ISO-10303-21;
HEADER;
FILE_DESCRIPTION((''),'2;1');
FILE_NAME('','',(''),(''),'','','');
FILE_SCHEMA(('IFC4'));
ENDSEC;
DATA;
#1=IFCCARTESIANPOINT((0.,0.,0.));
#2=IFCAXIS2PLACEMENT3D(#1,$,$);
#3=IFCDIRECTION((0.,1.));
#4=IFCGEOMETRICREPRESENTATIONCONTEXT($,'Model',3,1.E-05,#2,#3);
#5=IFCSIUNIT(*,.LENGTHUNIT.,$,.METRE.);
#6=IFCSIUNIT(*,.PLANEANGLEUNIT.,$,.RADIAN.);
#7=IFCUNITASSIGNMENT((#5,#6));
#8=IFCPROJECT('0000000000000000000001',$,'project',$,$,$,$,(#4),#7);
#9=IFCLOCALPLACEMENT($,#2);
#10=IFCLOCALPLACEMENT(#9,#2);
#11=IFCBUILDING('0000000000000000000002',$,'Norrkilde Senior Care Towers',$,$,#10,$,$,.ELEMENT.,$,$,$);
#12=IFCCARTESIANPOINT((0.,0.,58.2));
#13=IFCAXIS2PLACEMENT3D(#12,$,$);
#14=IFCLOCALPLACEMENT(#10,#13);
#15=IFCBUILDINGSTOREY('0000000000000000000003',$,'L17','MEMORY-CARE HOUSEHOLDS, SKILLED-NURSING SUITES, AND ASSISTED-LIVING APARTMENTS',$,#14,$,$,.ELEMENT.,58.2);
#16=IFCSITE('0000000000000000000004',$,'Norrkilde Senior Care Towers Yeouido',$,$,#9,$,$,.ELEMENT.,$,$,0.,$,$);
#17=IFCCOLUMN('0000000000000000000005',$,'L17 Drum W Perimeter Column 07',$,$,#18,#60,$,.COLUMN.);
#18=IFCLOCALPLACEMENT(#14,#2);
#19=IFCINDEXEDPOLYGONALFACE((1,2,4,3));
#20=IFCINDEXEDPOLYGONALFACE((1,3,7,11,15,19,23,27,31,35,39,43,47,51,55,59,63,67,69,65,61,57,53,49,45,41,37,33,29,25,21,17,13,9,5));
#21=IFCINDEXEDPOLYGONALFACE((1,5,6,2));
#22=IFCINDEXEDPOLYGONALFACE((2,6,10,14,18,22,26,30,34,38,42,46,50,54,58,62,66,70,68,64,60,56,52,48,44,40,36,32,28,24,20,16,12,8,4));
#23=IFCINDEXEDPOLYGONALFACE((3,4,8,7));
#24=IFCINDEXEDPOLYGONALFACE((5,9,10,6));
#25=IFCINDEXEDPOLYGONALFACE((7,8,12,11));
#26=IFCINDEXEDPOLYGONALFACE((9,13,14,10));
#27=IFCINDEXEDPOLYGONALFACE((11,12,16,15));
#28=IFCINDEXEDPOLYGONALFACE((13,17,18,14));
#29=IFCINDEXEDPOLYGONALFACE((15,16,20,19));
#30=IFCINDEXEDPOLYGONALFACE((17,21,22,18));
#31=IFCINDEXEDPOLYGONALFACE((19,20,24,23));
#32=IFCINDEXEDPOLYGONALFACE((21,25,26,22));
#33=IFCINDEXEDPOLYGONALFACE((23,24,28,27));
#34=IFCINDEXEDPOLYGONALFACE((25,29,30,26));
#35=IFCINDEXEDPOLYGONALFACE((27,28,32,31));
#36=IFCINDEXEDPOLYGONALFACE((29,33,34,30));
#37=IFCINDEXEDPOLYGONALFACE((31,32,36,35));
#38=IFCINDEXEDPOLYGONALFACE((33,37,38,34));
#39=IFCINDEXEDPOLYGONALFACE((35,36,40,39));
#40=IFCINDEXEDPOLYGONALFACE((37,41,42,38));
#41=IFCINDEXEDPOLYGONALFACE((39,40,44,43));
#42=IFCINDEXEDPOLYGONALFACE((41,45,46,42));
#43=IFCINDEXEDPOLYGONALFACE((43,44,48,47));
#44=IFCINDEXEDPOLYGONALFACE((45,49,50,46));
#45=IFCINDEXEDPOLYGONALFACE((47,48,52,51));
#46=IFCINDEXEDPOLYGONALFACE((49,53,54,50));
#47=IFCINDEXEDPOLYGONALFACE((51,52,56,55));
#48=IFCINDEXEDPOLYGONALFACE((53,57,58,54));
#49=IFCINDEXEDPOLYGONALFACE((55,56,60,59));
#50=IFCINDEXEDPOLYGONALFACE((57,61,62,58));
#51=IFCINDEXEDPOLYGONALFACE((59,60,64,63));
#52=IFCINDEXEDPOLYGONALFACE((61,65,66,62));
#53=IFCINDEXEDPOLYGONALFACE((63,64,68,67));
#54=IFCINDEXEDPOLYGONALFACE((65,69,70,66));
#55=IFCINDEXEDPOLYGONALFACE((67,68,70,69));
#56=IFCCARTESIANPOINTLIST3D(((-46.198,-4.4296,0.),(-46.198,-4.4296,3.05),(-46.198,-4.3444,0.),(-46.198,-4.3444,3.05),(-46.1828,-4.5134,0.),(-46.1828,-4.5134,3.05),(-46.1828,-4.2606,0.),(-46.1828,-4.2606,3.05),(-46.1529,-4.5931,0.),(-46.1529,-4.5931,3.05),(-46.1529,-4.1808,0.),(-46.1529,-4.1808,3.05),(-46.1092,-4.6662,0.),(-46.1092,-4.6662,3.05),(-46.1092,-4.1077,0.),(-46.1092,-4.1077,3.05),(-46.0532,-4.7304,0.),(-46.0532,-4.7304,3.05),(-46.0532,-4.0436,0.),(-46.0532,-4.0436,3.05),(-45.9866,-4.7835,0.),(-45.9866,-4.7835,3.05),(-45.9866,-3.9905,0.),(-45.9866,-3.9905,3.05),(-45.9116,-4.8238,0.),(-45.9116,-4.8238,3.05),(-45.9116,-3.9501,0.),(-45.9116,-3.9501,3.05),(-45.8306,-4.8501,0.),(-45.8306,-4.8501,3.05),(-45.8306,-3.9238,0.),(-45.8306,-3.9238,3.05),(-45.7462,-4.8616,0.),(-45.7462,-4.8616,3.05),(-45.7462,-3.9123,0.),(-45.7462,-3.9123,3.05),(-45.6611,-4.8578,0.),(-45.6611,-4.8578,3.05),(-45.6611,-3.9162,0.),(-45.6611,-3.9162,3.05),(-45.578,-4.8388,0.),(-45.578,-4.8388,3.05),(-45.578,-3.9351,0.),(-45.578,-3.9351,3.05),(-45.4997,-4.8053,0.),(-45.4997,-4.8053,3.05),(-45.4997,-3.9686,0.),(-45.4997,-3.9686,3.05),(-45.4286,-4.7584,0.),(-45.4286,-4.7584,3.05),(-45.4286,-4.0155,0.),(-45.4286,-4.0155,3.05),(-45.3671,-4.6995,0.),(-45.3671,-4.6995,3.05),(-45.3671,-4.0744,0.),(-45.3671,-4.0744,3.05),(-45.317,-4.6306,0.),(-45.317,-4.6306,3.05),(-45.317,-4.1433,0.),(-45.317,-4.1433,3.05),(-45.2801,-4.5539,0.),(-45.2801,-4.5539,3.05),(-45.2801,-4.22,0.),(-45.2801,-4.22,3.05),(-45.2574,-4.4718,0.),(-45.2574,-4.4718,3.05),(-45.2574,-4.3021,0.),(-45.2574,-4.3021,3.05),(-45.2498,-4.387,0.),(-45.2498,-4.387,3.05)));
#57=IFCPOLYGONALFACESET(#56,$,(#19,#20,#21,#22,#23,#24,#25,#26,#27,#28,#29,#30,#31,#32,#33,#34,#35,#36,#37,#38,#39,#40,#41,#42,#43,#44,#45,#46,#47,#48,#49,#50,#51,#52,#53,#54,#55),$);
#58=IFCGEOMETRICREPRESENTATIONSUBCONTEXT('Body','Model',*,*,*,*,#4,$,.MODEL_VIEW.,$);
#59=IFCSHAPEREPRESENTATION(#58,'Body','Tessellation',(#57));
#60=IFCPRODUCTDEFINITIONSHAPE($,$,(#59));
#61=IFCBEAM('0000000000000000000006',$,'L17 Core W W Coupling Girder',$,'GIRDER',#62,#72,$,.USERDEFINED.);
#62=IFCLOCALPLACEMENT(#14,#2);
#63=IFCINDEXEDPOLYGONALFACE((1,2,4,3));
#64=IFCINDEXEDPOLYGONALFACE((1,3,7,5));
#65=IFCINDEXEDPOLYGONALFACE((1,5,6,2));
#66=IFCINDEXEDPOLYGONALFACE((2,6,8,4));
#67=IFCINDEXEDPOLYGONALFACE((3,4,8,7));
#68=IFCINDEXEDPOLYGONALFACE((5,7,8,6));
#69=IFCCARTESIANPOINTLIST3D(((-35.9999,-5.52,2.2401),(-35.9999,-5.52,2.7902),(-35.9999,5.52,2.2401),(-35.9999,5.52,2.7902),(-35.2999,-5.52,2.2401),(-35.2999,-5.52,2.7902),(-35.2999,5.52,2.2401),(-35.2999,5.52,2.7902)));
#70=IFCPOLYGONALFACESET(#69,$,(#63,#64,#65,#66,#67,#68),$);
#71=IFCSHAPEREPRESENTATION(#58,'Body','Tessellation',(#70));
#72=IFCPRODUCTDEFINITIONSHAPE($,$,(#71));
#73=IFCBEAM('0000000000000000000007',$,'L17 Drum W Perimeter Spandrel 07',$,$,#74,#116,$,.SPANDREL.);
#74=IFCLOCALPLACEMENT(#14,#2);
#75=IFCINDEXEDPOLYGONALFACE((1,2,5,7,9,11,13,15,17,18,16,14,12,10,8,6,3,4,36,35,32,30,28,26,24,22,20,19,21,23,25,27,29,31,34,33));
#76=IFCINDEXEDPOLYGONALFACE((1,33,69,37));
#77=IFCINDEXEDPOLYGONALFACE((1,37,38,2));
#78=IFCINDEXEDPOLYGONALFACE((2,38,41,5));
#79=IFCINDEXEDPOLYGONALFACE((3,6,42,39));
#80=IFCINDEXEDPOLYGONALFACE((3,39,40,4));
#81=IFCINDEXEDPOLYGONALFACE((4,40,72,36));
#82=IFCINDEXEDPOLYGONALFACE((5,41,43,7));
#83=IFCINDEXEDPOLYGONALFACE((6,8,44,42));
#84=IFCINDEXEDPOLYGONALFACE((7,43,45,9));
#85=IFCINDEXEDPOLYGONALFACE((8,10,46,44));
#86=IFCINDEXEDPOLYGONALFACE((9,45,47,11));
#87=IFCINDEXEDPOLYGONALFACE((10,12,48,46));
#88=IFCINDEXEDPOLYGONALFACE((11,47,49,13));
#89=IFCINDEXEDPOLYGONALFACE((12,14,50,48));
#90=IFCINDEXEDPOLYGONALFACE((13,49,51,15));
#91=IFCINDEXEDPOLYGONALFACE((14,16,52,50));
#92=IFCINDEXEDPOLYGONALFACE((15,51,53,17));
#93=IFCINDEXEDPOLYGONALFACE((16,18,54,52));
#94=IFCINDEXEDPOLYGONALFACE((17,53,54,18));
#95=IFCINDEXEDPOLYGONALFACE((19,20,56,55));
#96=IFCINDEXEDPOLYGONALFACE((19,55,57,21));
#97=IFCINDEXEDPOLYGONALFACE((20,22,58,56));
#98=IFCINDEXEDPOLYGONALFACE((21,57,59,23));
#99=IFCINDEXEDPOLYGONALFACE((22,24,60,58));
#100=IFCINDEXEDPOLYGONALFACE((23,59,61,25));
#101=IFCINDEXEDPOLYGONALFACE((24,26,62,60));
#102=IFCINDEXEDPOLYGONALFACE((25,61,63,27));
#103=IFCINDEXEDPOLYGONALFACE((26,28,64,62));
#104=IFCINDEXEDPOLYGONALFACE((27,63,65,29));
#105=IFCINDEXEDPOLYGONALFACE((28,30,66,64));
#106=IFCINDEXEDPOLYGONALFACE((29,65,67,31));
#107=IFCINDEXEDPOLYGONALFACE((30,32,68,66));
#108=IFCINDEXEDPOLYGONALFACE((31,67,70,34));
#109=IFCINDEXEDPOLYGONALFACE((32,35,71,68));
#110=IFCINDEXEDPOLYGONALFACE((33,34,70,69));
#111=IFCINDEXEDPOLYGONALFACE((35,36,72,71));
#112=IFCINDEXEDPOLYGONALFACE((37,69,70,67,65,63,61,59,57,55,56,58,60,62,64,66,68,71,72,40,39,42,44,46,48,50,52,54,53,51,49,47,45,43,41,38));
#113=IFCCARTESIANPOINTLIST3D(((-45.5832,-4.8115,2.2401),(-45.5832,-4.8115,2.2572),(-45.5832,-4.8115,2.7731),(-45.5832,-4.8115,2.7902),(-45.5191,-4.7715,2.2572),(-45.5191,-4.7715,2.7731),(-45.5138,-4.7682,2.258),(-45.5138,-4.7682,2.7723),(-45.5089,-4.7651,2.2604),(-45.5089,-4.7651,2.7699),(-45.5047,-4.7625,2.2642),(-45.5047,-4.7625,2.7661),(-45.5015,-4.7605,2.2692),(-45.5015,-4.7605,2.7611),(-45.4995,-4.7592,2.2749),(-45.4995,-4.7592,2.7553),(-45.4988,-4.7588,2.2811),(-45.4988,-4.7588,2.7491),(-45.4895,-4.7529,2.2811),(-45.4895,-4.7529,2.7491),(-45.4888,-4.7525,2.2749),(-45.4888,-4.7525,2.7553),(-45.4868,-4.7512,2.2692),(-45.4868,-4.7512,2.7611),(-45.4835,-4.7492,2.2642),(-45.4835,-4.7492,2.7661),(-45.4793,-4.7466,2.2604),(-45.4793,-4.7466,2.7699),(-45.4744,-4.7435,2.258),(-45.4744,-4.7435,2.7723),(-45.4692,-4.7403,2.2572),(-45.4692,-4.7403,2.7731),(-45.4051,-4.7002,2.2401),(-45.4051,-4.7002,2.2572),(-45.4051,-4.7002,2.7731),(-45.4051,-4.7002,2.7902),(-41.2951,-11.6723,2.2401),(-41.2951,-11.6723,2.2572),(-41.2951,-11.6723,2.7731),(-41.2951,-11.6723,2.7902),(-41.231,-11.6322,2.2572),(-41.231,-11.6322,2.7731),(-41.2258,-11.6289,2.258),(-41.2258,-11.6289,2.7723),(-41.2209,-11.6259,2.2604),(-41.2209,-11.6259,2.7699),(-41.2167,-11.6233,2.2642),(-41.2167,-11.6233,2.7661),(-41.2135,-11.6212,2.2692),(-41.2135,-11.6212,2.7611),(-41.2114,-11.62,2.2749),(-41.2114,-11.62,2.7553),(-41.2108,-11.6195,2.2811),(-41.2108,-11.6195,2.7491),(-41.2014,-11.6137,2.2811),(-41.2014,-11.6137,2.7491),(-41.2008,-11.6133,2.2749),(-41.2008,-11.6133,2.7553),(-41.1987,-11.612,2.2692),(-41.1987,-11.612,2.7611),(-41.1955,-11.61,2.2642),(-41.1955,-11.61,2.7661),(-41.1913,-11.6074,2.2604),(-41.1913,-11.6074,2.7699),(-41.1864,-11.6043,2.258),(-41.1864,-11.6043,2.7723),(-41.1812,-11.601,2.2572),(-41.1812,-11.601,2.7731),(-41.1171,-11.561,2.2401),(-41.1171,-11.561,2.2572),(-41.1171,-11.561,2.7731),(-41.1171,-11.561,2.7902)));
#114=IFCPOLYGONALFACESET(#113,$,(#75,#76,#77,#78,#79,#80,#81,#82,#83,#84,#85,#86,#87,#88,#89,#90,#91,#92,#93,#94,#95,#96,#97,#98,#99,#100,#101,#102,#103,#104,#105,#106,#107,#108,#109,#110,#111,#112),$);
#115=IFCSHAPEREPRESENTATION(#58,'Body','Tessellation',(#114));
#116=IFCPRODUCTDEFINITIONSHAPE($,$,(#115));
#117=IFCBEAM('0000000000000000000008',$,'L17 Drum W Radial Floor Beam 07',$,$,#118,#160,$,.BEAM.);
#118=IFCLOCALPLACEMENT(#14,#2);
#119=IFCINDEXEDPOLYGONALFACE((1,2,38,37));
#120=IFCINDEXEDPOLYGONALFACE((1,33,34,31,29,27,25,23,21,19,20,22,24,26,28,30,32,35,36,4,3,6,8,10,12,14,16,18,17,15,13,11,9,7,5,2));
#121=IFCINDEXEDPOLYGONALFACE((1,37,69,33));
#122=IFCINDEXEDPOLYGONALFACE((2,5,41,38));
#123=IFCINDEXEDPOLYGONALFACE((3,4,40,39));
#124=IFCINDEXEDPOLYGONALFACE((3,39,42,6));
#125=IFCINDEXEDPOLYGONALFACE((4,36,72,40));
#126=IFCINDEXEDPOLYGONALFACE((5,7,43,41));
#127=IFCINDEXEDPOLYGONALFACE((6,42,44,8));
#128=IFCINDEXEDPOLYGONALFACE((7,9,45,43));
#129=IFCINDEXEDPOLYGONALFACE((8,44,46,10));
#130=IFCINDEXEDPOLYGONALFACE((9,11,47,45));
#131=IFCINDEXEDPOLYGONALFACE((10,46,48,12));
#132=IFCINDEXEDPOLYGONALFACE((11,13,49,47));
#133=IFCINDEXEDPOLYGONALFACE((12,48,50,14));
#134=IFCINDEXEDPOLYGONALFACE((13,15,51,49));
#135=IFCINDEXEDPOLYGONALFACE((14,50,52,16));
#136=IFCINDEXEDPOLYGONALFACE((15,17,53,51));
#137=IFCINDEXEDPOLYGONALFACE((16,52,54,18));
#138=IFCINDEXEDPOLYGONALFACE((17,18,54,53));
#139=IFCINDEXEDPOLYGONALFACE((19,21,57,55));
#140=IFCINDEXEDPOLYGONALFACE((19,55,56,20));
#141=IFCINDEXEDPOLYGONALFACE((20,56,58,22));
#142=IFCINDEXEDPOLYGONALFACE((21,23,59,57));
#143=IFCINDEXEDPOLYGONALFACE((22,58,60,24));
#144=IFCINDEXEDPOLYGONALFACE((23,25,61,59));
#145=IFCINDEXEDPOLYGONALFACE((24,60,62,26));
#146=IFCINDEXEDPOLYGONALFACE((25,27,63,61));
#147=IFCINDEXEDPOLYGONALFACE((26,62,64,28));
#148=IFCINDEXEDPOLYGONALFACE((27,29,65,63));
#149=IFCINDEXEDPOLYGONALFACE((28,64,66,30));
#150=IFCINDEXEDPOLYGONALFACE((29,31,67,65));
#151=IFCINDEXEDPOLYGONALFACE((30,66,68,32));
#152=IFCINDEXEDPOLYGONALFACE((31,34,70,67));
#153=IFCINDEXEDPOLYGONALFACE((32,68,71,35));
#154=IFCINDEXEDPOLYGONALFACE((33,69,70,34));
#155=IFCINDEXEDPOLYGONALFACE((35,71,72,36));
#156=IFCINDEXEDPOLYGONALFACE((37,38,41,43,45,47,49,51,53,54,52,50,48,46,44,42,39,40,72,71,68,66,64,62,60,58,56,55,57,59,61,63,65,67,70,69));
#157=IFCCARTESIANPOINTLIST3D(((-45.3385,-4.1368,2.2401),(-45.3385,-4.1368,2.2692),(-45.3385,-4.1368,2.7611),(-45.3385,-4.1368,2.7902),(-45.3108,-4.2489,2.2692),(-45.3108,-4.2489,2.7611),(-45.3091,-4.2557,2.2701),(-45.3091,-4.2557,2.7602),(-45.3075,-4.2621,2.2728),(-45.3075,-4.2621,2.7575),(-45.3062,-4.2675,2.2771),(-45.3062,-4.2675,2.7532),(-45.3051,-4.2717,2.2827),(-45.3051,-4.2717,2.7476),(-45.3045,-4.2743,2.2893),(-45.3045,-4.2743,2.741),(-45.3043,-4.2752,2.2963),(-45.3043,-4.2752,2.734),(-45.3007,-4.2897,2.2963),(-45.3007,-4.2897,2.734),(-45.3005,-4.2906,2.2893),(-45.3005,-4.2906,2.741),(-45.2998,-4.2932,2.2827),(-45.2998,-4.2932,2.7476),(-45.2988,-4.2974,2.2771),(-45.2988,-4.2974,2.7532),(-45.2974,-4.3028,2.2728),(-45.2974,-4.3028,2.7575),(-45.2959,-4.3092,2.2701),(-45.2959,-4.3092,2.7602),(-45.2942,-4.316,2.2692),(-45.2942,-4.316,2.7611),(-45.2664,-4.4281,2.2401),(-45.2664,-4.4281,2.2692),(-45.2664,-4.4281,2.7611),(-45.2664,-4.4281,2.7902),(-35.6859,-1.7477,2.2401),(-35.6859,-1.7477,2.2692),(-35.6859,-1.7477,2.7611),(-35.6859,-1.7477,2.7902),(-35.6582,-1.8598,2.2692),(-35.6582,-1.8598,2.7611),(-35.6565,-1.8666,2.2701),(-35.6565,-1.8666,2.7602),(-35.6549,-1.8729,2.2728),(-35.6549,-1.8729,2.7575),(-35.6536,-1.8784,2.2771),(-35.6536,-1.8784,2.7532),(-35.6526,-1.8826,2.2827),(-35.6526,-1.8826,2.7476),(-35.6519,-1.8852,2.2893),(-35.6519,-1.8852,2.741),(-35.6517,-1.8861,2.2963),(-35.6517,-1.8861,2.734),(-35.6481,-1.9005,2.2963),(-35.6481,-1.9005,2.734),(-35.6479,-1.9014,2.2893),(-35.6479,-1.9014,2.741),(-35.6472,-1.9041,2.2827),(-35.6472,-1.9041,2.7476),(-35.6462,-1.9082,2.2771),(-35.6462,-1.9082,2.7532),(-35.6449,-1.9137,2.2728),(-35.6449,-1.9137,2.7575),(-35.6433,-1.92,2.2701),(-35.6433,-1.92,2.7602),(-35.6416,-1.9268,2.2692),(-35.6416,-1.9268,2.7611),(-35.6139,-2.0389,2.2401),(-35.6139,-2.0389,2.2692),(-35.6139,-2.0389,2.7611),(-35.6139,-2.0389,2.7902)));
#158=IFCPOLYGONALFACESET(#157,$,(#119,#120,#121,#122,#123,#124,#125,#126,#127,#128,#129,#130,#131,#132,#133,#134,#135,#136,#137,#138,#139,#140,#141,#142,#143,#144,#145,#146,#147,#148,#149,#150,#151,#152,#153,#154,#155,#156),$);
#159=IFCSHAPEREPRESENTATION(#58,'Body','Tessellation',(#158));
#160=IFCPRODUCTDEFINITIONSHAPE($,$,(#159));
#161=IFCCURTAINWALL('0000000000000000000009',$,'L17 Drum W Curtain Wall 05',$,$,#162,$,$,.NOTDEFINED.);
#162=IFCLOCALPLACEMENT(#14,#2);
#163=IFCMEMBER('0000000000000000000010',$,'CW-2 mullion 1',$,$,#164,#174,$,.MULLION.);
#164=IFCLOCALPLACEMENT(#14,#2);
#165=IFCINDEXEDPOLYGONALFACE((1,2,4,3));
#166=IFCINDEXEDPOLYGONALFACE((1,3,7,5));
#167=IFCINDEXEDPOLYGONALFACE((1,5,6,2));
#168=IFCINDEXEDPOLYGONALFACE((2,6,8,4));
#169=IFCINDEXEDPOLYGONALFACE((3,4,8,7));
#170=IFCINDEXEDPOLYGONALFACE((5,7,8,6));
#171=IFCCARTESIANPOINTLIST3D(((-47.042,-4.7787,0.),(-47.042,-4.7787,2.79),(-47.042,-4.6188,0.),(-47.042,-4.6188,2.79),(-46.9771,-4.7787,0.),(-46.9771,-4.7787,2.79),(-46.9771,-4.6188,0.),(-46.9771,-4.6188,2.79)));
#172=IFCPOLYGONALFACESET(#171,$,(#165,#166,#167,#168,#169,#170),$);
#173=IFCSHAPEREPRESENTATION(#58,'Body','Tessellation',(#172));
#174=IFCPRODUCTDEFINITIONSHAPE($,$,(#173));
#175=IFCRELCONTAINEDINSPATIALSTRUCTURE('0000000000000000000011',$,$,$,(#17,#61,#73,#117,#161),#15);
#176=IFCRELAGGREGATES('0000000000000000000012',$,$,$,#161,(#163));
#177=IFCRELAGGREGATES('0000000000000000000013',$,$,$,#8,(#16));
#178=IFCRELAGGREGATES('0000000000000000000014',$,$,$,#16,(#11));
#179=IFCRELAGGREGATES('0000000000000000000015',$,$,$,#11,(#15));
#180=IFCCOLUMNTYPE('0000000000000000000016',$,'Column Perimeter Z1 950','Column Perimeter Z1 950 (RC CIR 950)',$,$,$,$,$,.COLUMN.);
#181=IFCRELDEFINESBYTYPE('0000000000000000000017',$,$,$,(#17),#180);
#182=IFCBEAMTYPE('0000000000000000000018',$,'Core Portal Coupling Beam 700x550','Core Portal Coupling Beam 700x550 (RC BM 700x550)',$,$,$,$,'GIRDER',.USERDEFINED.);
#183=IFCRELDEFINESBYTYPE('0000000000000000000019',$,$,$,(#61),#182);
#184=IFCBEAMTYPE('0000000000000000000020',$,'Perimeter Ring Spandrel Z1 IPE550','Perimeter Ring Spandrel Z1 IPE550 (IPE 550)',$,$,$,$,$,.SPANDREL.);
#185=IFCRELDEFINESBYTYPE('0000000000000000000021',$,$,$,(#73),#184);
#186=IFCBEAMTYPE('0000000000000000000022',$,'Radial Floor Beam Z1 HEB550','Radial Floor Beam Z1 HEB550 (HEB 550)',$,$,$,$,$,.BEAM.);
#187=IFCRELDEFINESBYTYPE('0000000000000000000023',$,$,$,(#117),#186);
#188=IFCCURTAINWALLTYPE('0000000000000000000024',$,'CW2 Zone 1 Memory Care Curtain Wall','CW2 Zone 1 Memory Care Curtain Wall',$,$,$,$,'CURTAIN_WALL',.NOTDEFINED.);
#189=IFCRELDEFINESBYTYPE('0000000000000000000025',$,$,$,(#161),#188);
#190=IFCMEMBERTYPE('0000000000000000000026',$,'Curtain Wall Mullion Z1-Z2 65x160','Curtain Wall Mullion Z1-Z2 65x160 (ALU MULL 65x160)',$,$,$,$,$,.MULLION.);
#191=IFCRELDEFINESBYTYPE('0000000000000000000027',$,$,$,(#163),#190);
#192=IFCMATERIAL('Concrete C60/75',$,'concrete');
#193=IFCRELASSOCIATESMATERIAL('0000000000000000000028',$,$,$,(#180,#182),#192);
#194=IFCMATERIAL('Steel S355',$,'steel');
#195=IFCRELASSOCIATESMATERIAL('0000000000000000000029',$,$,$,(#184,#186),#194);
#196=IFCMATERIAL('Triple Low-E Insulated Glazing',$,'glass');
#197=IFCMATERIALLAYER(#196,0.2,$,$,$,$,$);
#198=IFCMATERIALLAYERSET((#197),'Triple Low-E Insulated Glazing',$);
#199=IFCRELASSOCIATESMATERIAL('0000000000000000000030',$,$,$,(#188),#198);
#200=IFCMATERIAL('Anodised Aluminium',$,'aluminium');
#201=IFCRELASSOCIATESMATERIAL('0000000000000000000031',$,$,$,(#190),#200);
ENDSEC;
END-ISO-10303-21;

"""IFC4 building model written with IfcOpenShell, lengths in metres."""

from ifc_helpers import new_model, si_unit, direction, frame, origin, origin_2d, place, context, subcontext, project, spatial, rectangle, circle, i_section, extrude, source, transform, mapped, material, layer, layer_set, material_profile, profile_set, type_object, type_shapes, element, aggregate, save


model = new_model("IFC4")

# Units and contexts
model_context = context("Model", 3, precision=1e-05, world=origin(), true_north=direction((0.0, 1.0)))
body_context = subcontext(model_context, "Body", "Model", "MODEL_VIEW")
ifc_project = project(units=[si_unit("LENGTHUNIT", "METRE"), si_unit("PLANEANGLEUNIT", "RADIAN")], contexts=[model_context])

# Site, building, storey
site_placement = place(None, origin())
site = spatial("IfcSite", under=ifc_project, at=site_placement, Name="Norrkilde Senior Care Towers Yeouido", CompositionType="ELEMENT", RefElevation=0.0)
building_placement = place(site_placement, origin())
building = spatial("IfcBuilding", under=site, at=building_placement, Name="Norrkilde Senior Care Towers", CompositionType="ELEMENT")
storey_placement = place(building_placement, frame((0.0, 0.0, 58.2)))
storey = spatial("IfcBuildingStorey", under=building, at=storey_placement, Name="L17", Description="MEMORY-CARE HOUSEHOLDS, SKILLED-NURSING SUITES, AND ASSISTED-LIVING APARTMENTS", CompositionType="ELEMENT", Elevation=58.2)

# Column
ifc_material_1 = material(Name="Concrete C60/75", Category="concrete")
ifc_material_profile_1 = material_profile(ifc_material_1, circle(Radius=0.4751, at=origin_2d()), Name="RC CIR 950")
ifc_profile_set_1 = profile_set([ifc_material_profile_1], Name="Concrete C60/75")
column_type = type_object("IfcColumnType", Name="Column Perimeter Z1 950", Description="Column Perimeter Z1 950 (RC CIR 950)", PredefinedType="COLUMN", material=ifc_profile_set_1)
shared_shape_1 = source(origin(), body_context, "Body", "SweptSolid", [
    extrude(circle(Radius=0.4751, at=origin_2d()), origin(), (0.0, 0.0, 1.0), 3.05),
])
type_shapes(column_type, [shared_shape_1])
column_placement = place(storey_placement, frame((-45.7249, -4.387, 0.0), z_axis=(0.0, 0.0, 1.0), x_axis=(1.0, 0.0, 0.0)))
element("IfcColumn", 1, at=column_placement, inside=storey, type_object=column_type, Name="L17 Drum W Perimeter Column 07", PredefinedType="COLUMN", context=body_context, shape_type="MappedRepresentation", body=[
    mapped(shared_shape_1, transform((0.0, 0.0, 0.0), x_axis=(1.0, 0.0, 0.0), y_axis=(0.0, 1.0, 0.0), z_axis=(0.0, 0.0, 1.0), scale=1.0)),
])

# Beams
ifc_material_profile_2 = material_profile(ifc_material_1, rectangle(XDim=0.7, YDim=0.55, at=origin_2d()), Name="RC BM 700x550")
ifc_profile_set_2 = profile_set([ifc_material_profile_2], Name="Concrete C60/75")
beam_type_1 = type_object("IfcBeamType", Name="Core Portal Coupling Beam 700x550", Description="Core Portal Coupling Beam 700x550 (RC BM 700x550)", ElementType="GIRDER", PredefinedType="USERDEFINED", material=ifc_profile_set_2)
shared_shape_2 = source(origin(), body_context, "Body", "SweptSolid", [
    extrude(rectangle(XDim=0.7, YDim=0.55, at=origin_2d()), origin(), (0.0, 0.0, 1.0), 11.04),
])
type_shapes(beam_type_1, [shared_shape_2])
beam_1_placement = place(storey_placement, frame((-35.6499, -5.52, 2.5151), z_axis=(0.0, 1.0, 0.0), x_axis=(-1.0, 0.0, 0.0)))
element("IfcBeam", 2, at=beam_1_placement, inside=storey, type_object=beam_type_1, Name="L17 Core W W Coupling Girder", ObjectType="GIRDER", PredefinedType="USERDEFINED", context=body_context, shape_type="MappedRepresentation", body=[
    mapped(shared_shape_2, transform((0.0, 0.0, 0.0), x_axis=(1.0, 0.0, 0.0), y_axis=(0.0, 1.0, 0.0), z_axis=(0.0, 0.0, 1.0), scale=1.0)),
])
ifc_material_2 = material(Name="Steel S355", Category="steel")
ifc_material_profile_3 = material_profile(ifc_material_2, i_section(OverallWidth=0.21, OverallDepth=0.55, WebThickness=0.011, FlangeThickness=0.0171, FilletRadius=0.0239, at=origin_2d()), Name="IPE 550")
ifc_profile_set_3 = profile_set([ifc_material_profile_3], Name="Steel S355")
beam_type_2 = type_object("IfcBeamType", Name="Perimeter Ring Spandrel Z1 IPE550", Description="Perimeter Ring Spandrel Z1 IPE550 (IPE 550)", PredefinedType="SPANDREL", material=ifc_profile_set_3)
shared_shape_3 = source(origin(), body_context, "Body", "SweptSolid", [
    extrude(i_section(OverallWidth=0.21, OverallDepth=0.55, WebThickness=0.011, FlangeThickness=0.0171, FilletRadius=0.0239, at=origin_2d()), origin(), (0.0, 0.0, 1.0), 8.0906),
])
type_shapes(beam_type_2, [shared_shape_3])
beam_2_placement = place(storey_placement, frame((-45.4941, -4.7559, 2.5151), z_axis=(0.530004, -0.847995, 0.0), x_axis=(0.847995, 0.530004, 0.0)))
element("IfcBeam", 3, at=beam_2_placement, inside=storey, type_object=beam_type_2, Name="L17 Drum W Perimeter Spandrel 07", PredefinedType="SPANDREL", context=body_context, shape_type="MappedRepresentation", body=[
    mapped(shared_shape_3, transform((0.0, 0.0, 0.0), x_axis=(1.0, 0.0, 0.0), y_axis=(0.0, 1.0, 0.0), z_axis=(0.0, 0.0, 1.0), scale=1.0)),
])
ifc_material_profile_4 = material_profile(ifc_material_2, i_section(OverallWidth=0.3, OverallDepth=0.55, WebThickness=0.0149, FlangeThickness=0.0291, FilletRadius=0.0271, at=origin_2d()), Name="HEB 550")
ifc_profile_set_4 = profile_set([ifc_material_profile_4], Name="Steel S355")
beam_type_3 = type_object("IfcBeamType", Name="Radial Floor Beam Z1 HEB550", Description="Radial Floor Beam Z1 HEB550 (HEB 550)", PredefinedType="BEAM", material=ifc_profile_set_4)
shared_shape_4 = source(origin(), body_context, "Body", "SweptSolid", [
    extrude(i_section(OverallWidth=0.3, OverallDepth=0.55, WebThickness=0.0149, FlangeThickness=0.0291, FilletRadius=0.0271, at=origin_2d()), origin(), (0.0, 0.0, 1.0), 9.9438),
])
type_shapes(beam_type_3, [shared_shape_4])
beam_3_placement = place(storey_placement, frame((-35.6499, -1.8933, 2.5151), z_axis=(-0.970707, -0.240265, 0.0), x_axis=(0.240265, -0.970707, 0.0)))
element("IfcBeam", 4, at=beam_3_placement, inside=storey, type_object=beam_type_3, Name="L17 Drum W Radial Floor Beam 07", PredefinedType="BEAM", context=body_context, shape_type="MappedRepresentation", body=[
    mapped(shared_shape_4, transform((0.0, 0.0, 0.0), x_axis=(1.0, 0.0, 0.0), y_axis=(0.0, 1.0, 0.0), z_axis=(0.0, 0.0, 1.0), scale=1.0)),
])

# Curtain wall, member
ifc_material_3 = material(Name="Triple Low-E Insulated Glazing", Category="glass")
ifc_layer_1 = layer(ifc_material_3, 0.2)
ifc_layer_set_1 = layer_set([ifc_layer_1], Name="Triple Low-E Insulated Glazing")
curtain_wall_type = type_object("IfcCurtainWallType", Name="CW2 Zone 1 Memory Care Curtain Wall", Description="CW2 Zone 1 Memory Care Curtain Wall", ElementType="CURTAIN_WALL", PredefinedType="NOTDEFINED", material=ifc_layer_set_1)
curtain_wall_1_placement = place(storey_placement, origin())
curtain_wall_1 = element("IfcCurtainWall", 5, at=curtain_wall_1_placement, inside=storey, type_object=curtain_wall_type, Name="L17 Drum W Curtain Wall 05", PredefinedType="NOTDEFINED")
ifc_material_4 = material(Name="Anodised Aluminium", Category="aluminium")
ifc_material_profile_5 = material_profile(ifc_material_4, rectangle(XDim=0.0649, YDim=0.1599, at=origin_2d()), Name="ALU MULL 65x160")
ifc_profile_set_5 = profile_set([ifc_material_profile_5], Name="Anodised Aluminium")
member_type_1 = type_object("IfcMemberType", Name="Curtain Wall Mullion Z1-Z2 65x160", Description="Curtain Wall Mullion Z1-Z2 65x160 (ALU MULL 65x160)", PredefinedType="MULLION", material=ifc_profile_set_5)
shared_shape_5 = source(origin(), body_context, "Body", "SweptSolid", [
    extrude(rectangle(XDim=0.0649, YDim=0.1599, at=origin_2d()), origin(), (0.0, 0.0, 1.0), 2.79),
])
type_shapes(member_type_1, [shared_shape_5])
member_1_placement = place(storey_placement, frame((-47.0095, -4.6987, 0.0), z_axis=(0.0, 0.0, 1.0), x_axis=(-1.0, 0.0, 0.0)))
member_1 = element("IfcMember", 6, at=member_1_placement, type_object=member_type_1, Name="CW-2 mullion 1", PredefinedType="MULLION", context=body_context, shape_type="MappedRepresentation", body=[
    mapped(shared_shape_5, transform((0.0, 0.0, 0.0), x_axis=(1.0, 0.0, 0.0), y_axis=(0.0, 1.0, 0.0), z_axis=(0.0, 0.0, 1.0), scale=1.0)),
])

aggregate(curtain_wall_1, [member_1])

save(model, "model.ifc")
